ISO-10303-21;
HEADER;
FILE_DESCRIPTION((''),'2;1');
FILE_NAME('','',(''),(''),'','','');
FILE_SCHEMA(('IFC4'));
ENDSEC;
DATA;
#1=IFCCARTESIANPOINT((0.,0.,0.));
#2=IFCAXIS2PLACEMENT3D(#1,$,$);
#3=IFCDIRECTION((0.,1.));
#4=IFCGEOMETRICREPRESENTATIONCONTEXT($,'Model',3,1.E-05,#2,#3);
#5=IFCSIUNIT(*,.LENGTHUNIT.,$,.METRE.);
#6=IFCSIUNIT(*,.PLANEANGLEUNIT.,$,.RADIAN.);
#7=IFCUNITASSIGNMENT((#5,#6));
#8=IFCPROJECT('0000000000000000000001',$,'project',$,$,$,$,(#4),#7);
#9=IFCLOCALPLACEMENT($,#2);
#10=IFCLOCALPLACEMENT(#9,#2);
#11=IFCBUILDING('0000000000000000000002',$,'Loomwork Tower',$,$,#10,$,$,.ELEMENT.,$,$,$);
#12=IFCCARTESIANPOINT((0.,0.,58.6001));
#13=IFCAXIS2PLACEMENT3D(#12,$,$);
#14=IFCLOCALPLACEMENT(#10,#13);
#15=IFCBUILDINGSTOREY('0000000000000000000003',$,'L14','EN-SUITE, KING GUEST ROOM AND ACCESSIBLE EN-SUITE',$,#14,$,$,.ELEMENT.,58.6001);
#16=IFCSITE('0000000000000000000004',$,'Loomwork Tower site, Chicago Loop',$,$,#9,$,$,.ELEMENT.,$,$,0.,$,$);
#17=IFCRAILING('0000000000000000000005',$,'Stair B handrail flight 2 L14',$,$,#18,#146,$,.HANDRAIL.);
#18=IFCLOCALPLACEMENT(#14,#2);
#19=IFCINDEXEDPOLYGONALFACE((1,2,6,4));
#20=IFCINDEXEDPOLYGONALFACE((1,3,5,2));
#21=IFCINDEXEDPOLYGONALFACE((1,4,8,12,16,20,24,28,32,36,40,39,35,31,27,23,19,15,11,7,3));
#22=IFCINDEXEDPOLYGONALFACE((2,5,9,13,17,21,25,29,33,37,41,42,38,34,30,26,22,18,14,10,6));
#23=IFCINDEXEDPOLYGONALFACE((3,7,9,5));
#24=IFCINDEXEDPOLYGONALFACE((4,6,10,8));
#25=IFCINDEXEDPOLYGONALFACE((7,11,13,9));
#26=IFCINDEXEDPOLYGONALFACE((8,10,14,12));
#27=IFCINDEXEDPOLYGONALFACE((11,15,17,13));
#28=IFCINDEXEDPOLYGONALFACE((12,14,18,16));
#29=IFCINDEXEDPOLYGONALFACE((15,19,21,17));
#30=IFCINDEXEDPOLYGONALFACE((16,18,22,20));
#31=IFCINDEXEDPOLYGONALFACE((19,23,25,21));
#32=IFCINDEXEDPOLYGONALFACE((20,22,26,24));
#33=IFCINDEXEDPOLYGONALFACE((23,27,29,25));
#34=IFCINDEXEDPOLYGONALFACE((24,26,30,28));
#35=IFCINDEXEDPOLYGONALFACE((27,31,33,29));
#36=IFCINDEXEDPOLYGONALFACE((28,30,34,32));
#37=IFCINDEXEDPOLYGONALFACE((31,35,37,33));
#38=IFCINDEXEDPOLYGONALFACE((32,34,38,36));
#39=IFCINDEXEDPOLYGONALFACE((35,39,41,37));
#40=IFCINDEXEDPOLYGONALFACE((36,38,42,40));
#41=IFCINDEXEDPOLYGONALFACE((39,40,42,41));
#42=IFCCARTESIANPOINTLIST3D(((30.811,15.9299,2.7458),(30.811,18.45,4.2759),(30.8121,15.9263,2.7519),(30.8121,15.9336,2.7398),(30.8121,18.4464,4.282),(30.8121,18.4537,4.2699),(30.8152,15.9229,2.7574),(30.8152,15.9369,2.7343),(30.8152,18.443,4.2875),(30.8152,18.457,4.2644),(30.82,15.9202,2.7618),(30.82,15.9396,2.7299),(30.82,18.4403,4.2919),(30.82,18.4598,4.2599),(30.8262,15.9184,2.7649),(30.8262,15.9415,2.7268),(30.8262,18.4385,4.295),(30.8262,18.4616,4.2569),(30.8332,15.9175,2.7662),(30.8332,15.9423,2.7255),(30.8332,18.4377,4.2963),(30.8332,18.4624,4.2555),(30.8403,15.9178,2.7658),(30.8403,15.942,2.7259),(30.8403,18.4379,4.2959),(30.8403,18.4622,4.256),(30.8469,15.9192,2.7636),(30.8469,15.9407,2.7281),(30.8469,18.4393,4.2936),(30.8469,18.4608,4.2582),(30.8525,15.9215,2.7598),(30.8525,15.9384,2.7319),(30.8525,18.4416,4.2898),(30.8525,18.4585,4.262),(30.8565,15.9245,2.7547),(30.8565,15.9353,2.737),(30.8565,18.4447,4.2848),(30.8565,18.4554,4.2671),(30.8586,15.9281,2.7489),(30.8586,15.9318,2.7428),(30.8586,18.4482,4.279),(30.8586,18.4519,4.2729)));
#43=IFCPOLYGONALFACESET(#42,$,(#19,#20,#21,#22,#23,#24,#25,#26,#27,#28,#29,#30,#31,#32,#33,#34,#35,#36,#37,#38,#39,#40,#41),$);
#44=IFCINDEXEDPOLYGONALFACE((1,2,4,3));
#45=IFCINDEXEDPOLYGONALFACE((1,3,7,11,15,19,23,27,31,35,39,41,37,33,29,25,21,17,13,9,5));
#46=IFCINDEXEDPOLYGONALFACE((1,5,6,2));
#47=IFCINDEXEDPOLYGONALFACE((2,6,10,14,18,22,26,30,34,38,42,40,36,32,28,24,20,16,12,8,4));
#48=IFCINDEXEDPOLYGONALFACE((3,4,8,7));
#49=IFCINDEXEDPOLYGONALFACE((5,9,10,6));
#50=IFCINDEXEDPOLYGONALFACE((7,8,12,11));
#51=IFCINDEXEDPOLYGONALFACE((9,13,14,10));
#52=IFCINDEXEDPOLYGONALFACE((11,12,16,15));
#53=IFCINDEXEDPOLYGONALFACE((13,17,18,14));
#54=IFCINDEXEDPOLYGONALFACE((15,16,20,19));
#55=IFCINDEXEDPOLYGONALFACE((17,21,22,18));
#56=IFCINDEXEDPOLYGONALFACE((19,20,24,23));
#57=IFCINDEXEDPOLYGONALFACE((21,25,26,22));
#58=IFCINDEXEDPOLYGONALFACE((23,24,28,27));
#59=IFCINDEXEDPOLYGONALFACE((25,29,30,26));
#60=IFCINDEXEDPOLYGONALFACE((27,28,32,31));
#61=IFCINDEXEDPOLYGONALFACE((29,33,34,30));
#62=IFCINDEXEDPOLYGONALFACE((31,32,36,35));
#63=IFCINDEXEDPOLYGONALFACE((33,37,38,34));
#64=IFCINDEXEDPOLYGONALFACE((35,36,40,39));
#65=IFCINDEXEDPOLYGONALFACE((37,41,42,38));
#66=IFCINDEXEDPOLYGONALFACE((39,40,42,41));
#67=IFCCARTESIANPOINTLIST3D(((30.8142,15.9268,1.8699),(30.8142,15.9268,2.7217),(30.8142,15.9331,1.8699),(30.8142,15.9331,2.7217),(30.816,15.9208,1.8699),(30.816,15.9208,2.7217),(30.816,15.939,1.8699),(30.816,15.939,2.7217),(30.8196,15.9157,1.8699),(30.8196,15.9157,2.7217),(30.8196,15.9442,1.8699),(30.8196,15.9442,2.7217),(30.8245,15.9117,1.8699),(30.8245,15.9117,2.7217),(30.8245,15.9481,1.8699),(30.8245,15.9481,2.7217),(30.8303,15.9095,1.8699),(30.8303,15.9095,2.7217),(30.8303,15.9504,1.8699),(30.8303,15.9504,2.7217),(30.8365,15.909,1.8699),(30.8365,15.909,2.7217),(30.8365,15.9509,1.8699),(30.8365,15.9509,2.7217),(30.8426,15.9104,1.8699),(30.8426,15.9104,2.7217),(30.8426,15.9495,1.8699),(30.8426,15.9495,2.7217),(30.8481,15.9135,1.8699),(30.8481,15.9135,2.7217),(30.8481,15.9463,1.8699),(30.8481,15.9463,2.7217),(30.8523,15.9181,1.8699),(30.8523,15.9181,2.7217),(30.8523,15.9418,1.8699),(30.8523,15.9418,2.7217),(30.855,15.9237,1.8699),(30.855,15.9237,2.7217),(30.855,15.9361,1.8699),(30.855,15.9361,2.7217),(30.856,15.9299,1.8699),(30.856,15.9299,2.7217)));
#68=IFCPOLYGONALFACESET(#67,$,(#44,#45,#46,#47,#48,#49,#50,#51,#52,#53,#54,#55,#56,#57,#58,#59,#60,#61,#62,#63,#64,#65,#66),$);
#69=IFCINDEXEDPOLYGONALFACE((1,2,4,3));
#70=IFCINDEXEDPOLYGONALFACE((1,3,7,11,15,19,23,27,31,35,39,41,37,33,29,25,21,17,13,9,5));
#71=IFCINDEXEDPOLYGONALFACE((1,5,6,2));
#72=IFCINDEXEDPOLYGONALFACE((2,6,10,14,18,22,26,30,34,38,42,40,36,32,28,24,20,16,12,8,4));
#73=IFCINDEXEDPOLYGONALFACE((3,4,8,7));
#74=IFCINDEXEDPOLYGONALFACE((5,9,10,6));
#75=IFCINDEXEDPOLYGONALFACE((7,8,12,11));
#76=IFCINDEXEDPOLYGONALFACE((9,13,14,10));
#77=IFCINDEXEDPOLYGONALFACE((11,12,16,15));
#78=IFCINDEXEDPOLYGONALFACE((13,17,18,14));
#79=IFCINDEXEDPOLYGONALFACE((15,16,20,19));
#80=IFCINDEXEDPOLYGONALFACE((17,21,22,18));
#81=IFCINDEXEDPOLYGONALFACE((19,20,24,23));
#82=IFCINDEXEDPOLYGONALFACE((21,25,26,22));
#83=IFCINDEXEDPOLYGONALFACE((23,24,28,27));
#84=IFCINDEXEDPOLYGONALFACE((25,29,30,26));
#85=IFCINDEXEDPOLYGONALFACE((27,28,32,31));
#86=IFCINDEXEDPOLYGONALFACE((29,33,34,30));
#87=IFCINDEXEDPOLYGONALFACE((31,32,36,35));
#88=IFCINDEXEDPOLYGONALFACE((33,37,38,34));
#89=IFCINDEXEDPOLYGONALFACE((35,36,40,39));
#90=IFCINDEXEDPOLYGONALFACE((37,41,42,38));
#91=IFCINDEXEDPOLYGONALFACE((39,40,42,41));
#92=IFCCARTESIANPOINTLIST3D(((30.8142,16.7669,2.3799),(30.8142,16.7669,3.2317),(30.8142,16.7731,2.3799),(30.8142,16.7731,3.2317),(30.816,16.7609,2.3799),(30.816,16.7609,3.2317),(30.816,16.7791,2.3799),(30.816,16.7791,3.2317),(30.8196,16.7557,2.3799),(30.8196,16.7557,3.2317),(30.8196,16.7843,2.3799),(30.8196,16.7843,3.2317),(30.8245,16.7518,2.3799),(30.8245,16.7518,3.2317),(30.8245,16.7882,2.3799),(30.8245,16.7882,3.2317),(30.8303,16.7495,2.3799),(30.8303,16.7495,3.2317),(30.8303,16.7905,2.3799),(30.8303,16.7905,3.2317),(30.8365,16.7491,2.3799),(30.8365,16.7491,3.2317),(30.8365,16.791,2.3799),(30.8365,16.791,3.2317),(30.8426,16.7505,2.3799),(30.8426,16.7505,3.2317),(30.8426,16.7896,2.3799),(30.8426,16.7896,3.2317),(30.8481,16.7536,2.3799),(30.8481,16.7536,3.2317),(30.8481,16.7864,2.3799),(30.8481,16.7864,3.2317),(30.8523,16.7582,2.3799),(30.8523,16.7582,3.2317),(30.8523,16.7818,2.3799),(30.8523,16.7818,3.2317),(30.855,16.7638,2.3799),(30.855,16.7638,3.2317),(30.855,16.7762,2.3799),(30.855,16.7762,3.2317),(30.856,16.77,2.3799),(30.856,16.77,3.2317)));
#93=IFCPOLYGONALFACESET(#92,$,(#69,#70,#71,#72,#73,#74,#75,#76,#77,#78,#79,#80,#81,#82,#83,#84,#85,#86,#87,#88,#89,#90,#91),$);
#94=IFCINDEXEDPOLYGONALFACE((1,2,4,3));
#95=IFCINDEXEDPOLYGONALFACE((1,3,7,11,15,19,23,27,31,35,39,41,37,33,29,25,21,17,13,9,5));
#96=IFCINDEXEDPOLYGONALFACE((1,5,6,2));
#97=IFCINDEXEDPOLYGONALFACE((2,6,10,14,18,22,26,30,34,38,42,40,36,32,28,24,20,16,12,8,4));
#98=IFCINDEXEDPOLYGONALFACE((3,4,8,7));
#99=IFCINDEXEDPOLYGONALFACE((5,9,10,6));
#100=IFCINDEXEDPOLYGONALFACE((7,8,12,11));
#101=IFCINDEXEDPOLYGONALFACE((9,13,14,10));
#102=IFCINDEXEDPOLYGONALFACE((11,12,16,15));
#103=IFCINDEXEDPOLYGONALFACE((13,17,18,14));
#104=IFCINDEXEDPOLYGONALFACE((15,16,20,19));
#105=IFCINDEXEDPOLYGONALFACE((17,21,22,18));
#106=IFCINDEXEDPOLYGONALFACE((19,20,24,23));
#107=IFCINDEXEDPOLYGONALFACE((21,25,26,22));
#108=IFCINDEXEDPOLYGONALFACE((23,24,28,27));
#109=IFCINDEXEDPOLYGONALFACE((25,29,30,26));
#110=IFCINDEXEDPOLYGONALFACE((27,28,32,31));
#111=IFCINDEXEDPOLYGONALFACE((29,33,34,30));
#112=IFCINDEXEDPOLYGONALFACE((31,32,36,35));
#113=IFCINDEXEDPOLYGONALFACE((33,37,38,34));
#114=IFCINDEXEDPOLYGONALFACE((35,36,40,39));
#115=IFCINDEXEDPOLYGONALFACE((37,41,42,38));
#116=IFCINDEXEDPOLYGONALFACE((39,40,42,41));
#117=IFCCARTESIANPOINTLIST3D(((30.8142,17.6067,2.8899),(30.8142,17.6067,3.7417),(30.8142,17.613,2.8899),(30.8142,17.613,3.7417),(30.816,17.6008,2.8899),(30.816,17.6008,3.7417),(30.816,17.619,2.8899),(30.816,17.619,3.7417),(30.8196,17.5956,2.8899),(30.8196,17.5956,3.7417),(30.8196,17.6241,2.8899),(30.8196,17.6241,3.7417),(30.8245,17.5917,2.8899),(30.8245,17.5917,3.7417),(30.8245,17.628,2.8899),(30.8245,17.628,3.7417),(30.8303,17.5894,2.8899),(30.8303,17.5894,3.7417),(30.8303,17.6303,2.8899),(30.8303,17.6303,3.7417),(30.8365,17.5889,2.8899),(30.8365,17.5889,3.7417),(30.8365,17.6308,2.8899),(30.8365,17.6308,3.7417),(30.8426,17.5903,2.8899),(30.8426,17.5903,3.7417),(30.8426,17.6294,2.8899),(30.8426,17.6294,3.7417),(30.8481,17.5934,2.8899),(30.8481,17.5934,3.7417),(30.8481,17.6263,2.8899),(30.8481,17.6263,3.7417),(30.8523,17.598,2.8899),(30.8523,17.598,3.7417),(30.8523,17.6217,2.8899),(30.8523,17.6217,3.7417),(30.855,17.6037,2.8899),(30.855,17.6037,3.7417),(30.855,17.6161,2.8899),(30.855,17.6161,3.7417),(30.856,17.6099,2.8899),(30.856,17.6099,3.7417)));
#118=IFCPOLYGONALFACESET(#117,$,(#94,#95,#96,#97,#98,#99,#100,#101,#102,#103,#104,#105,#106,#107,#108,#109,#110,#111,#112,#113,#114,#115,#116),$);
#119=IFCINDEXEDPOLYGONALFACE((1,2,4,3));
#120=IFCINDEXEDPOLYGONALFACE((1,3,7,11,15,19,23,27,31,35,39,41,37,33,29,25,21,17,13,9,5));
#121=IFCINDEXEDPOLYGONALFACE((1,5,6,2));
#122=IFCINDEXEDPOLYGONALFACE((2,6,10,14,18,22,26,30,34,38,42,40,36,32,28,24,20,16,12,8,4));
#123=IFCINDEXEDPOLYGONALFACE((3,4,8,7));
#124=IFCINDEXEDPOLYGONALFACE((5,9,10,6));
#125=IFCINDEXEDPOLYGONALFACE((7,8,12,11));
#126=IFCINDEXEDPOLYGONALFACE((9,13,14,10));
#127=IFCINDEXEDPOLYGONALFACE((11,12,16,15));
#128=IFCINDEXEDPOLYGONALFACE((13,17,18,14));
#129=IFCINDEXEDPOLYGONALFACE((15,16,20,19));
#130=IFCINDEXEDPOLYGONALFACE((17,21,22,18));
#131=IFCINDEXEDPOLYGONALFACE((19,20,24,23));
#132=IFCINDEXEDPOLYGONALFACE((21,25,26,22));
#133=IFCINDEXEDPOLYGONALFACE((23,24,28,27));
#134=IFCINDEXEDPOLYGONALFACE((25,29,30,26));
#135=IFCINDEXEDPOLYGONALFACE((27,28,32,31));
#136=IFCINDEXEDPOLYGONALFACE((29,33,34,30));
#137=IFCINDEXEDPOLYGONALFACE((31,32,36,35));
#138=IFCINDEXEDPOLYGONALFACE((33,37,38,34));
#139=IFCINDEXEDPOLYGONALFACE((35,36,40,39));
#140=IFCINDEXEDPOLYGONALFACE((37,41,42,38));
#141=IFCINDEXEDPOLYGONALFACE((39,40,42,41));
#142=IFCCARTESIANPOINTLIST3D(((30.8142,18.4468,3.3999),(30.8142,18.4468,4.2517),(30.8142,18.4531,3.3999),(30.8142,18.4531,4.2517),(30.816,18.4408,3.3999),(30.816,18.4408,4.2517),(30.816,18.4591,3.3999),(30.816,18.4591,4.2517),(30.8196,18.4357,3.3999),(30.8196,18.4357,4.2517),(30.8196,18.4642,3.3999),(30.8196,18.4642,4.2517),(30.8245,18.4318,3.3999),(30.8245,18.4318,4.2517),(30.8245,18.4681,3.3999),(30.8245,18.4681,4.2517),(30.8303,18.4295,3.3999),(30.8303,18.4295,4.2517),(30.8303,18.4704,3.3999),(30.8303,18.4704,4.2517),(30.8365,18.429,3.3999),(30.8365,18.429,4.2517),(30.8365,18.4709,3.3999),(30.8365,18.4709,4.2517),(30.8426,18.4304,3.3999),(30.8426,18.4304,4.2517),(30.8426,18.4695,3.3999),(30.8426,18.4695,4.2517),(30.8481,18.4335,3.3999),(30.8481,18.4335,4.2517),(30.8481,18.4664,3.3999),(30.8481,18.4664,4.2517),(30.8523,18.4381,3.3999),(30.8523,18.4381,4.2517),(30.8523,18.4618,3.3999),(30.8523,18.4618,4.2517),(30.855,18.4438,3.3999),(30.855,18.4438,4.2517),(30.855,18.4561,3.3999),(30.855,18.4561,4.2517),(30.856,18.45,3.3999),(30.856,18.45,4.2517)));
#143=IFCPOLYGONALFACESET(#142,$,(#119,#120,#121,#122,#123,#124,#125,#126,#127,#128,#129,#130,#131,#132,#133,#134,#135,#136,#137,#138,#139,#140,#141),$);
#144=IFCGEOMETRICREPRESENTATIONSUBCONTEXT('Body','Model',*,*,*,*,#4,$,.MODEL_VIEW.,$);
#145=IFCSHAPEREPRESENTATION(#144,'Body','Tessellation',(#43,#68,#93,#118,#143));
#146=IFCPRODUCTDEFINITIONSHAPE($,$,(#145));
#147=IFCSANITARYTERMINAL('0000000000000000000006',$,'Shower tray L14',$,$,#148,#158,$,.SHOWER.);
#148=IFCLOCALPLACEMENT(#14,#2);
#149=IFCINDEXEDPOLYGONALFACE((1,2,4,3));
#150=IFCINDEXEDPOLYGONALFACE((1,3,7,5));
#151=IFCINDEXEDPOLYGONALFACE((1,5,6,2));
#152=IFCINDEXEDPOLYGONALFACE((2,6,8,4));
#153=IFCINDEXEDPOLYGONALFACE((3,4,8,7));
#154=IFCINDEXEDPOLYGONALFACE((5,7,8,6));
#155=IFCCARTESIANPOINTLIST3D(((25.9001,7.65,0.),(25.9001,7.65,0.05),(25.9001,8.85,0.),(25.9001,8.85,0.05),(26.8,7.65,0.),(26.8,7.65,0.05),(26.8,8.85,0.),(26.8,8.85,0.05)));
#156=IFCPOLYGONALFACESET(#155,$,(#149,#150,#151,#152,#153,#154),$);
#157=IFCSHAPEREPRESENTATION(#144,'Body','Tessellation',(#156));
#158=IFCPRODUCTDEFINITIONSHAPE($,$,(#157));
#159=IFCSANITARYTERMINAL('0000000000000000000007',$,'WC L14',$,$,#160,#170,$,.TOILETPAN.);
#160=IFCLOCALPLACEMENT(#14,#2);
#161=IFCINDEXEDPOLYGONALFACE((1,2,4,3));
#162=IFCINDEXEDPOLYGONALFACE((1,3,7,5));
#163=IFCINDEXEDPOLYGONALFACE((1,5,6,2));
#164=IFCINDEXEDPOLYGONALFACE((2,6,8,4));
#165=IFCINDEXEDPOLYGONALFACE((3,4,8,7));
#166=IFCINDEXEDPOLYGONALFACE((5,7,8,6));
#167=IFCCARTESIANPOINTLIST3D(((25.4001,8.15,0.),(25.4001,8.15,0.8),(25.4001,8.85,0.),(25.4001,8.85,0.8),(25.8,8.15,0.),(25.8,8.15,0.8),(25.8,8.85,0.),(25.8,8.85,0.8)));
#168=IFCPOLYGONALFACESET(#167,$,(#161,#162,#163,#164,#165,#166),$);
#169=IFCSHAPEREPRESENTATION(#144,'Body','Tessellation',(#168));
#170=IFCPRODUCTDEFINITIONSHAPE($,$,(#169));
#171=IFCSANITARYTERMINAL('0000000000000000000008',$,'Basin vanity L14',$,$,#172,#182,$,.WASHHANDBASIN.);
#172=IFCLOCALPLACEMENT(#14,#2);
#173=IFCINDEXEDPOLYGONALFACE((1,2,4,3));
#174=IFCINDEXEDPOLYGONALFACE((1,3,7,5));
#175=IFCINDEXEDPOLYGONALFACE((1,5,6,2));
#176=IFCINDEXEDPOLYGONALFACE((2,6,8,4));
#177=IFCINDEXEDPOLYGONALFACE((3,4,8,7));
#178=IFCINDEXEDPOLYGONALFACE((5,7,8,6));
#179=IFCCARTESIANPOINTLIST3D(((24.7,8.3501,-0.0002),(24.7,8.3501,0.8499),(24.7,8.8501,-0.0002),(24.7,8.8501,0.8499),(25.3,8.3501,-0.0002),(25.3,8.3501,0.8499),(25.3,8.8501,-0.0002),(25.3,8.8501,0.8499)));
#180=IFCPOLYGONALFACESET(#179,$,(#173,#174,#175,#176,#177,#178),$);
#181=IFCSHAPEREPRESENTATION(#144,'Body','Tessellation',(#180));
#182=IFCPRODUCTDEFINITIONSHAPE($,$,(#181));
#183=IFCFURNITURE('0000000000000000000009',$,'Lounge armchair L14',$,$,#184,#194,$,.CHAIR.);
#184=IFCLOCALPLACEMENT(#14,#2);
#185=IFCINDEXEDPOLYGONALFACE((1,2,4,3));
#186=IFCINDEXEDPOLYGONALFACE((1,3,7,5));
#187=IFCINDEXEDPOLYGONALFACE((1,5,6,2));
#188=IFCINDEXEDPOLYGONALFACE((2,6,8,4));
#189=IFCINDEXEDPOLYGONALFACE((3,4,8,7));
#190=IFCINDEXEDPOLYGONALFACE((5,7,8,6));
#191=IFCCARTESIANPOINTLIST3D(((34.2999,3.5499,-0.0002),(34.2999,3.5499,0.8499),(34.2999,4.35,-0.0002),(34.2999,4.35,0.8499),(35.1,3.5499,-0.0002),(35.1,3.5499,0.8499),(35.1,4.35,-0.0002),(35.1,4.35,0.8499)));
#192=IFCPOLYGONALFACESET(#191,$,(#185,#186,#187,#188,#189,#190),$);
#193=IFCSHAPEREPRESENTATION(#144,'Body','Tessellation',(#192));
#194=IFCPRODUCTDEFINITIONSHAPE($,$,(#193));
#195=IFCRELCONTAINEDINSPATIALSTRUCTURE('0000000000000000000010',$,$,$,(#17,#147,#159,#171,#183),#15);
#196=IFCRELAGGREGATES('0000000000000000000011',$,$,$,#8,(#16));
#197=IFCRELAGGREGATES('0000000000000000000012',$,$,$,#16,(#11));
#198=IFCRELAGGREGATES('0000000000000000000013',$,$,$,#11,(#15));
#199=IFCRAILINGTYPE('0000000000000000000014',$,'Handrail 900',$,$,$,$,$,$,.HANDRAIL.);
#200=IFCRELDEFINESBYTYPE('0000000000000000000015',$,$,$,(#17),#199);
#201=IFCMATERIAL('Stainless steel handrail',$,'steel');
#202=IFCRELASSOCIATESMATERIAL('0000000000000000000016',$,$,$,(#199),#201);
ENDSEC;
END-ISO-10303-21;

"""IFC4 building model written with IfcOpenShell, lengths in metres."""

from ifc_helpers import new_model, si_unit, direction, frame, origin, origin_2d, place, context, subcontext, project, spatial, rectangle, circle, extrude, material, type_object, element, save


model = new_model("IFC4")

# Units and contexts
model_context = context("Model", 3, precision=1e-05, world=origin(), true_north=direction((0.0, 1.0)))
body_context = subcontext(model_context, "Body", "Model", "MODEL_VIEW")
ifc_project = project(units=[si_unit("LENGTHUNIT", "METRE"), si_unit("PLANEANGLEUNIT", "RADIAN")], contexts=[model_context])

# Site, building, storey
site_placement = place(None, origin())
site = spatial("IfcSite", under=ifc_project, at=site_placement, Name="Loomwork Tower site, Chicago Loop", CompositionType="ELEMENT", RefElevation=0.0)
building_placement = place(site_placement, origin())
building = spatial("IfcBuilding", under=site, at=building_placement, Name="Loomwork Tower", CompositionType="ELEMENT")
storey_placement = place(building_placement, frame((0.0, 0.0, 58.6001)))
storey = spatial("IfcBuildingStorey", under=building, at=storey_placement, Name="L14", Description="EN-SUITE, KING GUEST ROOM AND ACCESSIBLE EN-SUITE", CompositionType="ELEMENT", Elevation=58.6001)

# Railing
ifc_material_1 = material(Name="Stainless steel handrail", Category="steel")
railing_type = type_object("IfcRailingType", Name="Handrail 900", PredefinedType="HANDRAIL", material=ifc_material_1)
railing_placement = place(storey_placement, frame((30.835, 15.9299, 1.8699)))
element("IfcRailing", 1, at=railing_placement, inside=storey, type_object=railing_type, Name="Stair B handrail flight 2 L14", PredefinedType="HANDRAIL", context=body_context, shape_type="SweptSolid", body=[
    extrude(circle(Radius=0.0239, at=origin_2d()), frame((0.0, 0.0, 0.876), z_axis=(0.0, 0.854785, 0.518982), x_axis=(-1.0, 0.0, 0.0)), (0.0, 0.0, 1.0), 2.9482),
    extrude(circle(Radius=0.021, at=origin_2d()), origin(), (0.0, 0.0, 1.0), 0.8518),
    extrude(circle(Radius=0.021, at=origin_2d()), frame((0.0, 0.8401, 0.51)), (0.0, 0.0, 1.0), 0.8518),
    extrude(circle(Radius=0.021, at=origin_2d()), frame((0.0, 1.6799, 1.02)), (0.0, 0.0, 1.0), 0.8518),
    extrude(circle(Radius=0.021, at=origin_2d()), frame((0.0, 2.52, 1.53)), (0.0, 0.0, 1.0), 0.8518),
])

# Sanitary terminals
sanitary_terminal_1_placement = place(storey_placement, frame((26.3501, 8.25, 0.0), z_axis=(0.0, 0.0, 1.0), x_axis=(1.0, 0.0, 0.0)))
element("IfcSanitaryTerminal", 2, at=sanitary_terminal_1_placement, inside=storey, Name="Shower tray L14", PredefinedType="SHOWER", context=body_context, shape_type="SweptSolid", body=[
    extrude(rectangle(XDim=0.8999, YDim=1.2, at=origin_2d()), origin(), (0.0, 0.0, 1.0), 0.05),
])
sanitary_terminal_2_placement = place(storey_placement, frame((25.6001, 8.5, 0.0), z_axis=(0.0, 0.0, 1.0), x_axis=(1.0, 0.0, 0.0)))
element("IfcSanitaryTerminal", 3, at=sanitary_terminal_2_placement, inside=storey, Name="WC L14", PredefinedType="TOILETPAN", context=body_context, shape_type="SweptSolid", body=[
    extrude(rectangle(XDim=0.3999, YDim=0.7, at=origin_2d()), origin(), (0.0, 0.0, 1.0), 0.8),
])
sanitary_terminal_3_placement = place(storey_placement, frame((25.0, 8.6001, -0.0002), z_axis=(0.0, 0.0, 1.0), x_axis=(1.0, 0.0, 0.0)))
element("IfcSanitaryTerminal", 4, at=sanitary_terminal_3_placement, inside=storey, Name="Basin vanity L14", PredefinedType="WASHHANDBASIN", context=body_context, shape_type="SweptSolid", body=[
    extrude(rectangle(XDim=0.6001, YDim=0.5, at=origin_2d()), origin(), (0.0, 0.0, 1.0), 0.8501),
])

# Furniture
furniture_placement = place(storey_placement, frame((34.7, 3.95, -0.0002), z_axis=(0.0, 0.0, 1.0), x_axis=(1.0, 0.0, 0.0)))
element("IfcFurniture", 5, at=furniture_placement, inside=storey, Name="Lounge armchair L14", PredefinedType="CHAIR", context=body_context, shape_type="SweptSolid", body=[
    extrude(rectangle(XDim=0.8, YDim=0.8, at=origin_2d()), origin(), (0.0, 0.0, 1.0), 0.8501),
])

save(model, "model.ifc")
